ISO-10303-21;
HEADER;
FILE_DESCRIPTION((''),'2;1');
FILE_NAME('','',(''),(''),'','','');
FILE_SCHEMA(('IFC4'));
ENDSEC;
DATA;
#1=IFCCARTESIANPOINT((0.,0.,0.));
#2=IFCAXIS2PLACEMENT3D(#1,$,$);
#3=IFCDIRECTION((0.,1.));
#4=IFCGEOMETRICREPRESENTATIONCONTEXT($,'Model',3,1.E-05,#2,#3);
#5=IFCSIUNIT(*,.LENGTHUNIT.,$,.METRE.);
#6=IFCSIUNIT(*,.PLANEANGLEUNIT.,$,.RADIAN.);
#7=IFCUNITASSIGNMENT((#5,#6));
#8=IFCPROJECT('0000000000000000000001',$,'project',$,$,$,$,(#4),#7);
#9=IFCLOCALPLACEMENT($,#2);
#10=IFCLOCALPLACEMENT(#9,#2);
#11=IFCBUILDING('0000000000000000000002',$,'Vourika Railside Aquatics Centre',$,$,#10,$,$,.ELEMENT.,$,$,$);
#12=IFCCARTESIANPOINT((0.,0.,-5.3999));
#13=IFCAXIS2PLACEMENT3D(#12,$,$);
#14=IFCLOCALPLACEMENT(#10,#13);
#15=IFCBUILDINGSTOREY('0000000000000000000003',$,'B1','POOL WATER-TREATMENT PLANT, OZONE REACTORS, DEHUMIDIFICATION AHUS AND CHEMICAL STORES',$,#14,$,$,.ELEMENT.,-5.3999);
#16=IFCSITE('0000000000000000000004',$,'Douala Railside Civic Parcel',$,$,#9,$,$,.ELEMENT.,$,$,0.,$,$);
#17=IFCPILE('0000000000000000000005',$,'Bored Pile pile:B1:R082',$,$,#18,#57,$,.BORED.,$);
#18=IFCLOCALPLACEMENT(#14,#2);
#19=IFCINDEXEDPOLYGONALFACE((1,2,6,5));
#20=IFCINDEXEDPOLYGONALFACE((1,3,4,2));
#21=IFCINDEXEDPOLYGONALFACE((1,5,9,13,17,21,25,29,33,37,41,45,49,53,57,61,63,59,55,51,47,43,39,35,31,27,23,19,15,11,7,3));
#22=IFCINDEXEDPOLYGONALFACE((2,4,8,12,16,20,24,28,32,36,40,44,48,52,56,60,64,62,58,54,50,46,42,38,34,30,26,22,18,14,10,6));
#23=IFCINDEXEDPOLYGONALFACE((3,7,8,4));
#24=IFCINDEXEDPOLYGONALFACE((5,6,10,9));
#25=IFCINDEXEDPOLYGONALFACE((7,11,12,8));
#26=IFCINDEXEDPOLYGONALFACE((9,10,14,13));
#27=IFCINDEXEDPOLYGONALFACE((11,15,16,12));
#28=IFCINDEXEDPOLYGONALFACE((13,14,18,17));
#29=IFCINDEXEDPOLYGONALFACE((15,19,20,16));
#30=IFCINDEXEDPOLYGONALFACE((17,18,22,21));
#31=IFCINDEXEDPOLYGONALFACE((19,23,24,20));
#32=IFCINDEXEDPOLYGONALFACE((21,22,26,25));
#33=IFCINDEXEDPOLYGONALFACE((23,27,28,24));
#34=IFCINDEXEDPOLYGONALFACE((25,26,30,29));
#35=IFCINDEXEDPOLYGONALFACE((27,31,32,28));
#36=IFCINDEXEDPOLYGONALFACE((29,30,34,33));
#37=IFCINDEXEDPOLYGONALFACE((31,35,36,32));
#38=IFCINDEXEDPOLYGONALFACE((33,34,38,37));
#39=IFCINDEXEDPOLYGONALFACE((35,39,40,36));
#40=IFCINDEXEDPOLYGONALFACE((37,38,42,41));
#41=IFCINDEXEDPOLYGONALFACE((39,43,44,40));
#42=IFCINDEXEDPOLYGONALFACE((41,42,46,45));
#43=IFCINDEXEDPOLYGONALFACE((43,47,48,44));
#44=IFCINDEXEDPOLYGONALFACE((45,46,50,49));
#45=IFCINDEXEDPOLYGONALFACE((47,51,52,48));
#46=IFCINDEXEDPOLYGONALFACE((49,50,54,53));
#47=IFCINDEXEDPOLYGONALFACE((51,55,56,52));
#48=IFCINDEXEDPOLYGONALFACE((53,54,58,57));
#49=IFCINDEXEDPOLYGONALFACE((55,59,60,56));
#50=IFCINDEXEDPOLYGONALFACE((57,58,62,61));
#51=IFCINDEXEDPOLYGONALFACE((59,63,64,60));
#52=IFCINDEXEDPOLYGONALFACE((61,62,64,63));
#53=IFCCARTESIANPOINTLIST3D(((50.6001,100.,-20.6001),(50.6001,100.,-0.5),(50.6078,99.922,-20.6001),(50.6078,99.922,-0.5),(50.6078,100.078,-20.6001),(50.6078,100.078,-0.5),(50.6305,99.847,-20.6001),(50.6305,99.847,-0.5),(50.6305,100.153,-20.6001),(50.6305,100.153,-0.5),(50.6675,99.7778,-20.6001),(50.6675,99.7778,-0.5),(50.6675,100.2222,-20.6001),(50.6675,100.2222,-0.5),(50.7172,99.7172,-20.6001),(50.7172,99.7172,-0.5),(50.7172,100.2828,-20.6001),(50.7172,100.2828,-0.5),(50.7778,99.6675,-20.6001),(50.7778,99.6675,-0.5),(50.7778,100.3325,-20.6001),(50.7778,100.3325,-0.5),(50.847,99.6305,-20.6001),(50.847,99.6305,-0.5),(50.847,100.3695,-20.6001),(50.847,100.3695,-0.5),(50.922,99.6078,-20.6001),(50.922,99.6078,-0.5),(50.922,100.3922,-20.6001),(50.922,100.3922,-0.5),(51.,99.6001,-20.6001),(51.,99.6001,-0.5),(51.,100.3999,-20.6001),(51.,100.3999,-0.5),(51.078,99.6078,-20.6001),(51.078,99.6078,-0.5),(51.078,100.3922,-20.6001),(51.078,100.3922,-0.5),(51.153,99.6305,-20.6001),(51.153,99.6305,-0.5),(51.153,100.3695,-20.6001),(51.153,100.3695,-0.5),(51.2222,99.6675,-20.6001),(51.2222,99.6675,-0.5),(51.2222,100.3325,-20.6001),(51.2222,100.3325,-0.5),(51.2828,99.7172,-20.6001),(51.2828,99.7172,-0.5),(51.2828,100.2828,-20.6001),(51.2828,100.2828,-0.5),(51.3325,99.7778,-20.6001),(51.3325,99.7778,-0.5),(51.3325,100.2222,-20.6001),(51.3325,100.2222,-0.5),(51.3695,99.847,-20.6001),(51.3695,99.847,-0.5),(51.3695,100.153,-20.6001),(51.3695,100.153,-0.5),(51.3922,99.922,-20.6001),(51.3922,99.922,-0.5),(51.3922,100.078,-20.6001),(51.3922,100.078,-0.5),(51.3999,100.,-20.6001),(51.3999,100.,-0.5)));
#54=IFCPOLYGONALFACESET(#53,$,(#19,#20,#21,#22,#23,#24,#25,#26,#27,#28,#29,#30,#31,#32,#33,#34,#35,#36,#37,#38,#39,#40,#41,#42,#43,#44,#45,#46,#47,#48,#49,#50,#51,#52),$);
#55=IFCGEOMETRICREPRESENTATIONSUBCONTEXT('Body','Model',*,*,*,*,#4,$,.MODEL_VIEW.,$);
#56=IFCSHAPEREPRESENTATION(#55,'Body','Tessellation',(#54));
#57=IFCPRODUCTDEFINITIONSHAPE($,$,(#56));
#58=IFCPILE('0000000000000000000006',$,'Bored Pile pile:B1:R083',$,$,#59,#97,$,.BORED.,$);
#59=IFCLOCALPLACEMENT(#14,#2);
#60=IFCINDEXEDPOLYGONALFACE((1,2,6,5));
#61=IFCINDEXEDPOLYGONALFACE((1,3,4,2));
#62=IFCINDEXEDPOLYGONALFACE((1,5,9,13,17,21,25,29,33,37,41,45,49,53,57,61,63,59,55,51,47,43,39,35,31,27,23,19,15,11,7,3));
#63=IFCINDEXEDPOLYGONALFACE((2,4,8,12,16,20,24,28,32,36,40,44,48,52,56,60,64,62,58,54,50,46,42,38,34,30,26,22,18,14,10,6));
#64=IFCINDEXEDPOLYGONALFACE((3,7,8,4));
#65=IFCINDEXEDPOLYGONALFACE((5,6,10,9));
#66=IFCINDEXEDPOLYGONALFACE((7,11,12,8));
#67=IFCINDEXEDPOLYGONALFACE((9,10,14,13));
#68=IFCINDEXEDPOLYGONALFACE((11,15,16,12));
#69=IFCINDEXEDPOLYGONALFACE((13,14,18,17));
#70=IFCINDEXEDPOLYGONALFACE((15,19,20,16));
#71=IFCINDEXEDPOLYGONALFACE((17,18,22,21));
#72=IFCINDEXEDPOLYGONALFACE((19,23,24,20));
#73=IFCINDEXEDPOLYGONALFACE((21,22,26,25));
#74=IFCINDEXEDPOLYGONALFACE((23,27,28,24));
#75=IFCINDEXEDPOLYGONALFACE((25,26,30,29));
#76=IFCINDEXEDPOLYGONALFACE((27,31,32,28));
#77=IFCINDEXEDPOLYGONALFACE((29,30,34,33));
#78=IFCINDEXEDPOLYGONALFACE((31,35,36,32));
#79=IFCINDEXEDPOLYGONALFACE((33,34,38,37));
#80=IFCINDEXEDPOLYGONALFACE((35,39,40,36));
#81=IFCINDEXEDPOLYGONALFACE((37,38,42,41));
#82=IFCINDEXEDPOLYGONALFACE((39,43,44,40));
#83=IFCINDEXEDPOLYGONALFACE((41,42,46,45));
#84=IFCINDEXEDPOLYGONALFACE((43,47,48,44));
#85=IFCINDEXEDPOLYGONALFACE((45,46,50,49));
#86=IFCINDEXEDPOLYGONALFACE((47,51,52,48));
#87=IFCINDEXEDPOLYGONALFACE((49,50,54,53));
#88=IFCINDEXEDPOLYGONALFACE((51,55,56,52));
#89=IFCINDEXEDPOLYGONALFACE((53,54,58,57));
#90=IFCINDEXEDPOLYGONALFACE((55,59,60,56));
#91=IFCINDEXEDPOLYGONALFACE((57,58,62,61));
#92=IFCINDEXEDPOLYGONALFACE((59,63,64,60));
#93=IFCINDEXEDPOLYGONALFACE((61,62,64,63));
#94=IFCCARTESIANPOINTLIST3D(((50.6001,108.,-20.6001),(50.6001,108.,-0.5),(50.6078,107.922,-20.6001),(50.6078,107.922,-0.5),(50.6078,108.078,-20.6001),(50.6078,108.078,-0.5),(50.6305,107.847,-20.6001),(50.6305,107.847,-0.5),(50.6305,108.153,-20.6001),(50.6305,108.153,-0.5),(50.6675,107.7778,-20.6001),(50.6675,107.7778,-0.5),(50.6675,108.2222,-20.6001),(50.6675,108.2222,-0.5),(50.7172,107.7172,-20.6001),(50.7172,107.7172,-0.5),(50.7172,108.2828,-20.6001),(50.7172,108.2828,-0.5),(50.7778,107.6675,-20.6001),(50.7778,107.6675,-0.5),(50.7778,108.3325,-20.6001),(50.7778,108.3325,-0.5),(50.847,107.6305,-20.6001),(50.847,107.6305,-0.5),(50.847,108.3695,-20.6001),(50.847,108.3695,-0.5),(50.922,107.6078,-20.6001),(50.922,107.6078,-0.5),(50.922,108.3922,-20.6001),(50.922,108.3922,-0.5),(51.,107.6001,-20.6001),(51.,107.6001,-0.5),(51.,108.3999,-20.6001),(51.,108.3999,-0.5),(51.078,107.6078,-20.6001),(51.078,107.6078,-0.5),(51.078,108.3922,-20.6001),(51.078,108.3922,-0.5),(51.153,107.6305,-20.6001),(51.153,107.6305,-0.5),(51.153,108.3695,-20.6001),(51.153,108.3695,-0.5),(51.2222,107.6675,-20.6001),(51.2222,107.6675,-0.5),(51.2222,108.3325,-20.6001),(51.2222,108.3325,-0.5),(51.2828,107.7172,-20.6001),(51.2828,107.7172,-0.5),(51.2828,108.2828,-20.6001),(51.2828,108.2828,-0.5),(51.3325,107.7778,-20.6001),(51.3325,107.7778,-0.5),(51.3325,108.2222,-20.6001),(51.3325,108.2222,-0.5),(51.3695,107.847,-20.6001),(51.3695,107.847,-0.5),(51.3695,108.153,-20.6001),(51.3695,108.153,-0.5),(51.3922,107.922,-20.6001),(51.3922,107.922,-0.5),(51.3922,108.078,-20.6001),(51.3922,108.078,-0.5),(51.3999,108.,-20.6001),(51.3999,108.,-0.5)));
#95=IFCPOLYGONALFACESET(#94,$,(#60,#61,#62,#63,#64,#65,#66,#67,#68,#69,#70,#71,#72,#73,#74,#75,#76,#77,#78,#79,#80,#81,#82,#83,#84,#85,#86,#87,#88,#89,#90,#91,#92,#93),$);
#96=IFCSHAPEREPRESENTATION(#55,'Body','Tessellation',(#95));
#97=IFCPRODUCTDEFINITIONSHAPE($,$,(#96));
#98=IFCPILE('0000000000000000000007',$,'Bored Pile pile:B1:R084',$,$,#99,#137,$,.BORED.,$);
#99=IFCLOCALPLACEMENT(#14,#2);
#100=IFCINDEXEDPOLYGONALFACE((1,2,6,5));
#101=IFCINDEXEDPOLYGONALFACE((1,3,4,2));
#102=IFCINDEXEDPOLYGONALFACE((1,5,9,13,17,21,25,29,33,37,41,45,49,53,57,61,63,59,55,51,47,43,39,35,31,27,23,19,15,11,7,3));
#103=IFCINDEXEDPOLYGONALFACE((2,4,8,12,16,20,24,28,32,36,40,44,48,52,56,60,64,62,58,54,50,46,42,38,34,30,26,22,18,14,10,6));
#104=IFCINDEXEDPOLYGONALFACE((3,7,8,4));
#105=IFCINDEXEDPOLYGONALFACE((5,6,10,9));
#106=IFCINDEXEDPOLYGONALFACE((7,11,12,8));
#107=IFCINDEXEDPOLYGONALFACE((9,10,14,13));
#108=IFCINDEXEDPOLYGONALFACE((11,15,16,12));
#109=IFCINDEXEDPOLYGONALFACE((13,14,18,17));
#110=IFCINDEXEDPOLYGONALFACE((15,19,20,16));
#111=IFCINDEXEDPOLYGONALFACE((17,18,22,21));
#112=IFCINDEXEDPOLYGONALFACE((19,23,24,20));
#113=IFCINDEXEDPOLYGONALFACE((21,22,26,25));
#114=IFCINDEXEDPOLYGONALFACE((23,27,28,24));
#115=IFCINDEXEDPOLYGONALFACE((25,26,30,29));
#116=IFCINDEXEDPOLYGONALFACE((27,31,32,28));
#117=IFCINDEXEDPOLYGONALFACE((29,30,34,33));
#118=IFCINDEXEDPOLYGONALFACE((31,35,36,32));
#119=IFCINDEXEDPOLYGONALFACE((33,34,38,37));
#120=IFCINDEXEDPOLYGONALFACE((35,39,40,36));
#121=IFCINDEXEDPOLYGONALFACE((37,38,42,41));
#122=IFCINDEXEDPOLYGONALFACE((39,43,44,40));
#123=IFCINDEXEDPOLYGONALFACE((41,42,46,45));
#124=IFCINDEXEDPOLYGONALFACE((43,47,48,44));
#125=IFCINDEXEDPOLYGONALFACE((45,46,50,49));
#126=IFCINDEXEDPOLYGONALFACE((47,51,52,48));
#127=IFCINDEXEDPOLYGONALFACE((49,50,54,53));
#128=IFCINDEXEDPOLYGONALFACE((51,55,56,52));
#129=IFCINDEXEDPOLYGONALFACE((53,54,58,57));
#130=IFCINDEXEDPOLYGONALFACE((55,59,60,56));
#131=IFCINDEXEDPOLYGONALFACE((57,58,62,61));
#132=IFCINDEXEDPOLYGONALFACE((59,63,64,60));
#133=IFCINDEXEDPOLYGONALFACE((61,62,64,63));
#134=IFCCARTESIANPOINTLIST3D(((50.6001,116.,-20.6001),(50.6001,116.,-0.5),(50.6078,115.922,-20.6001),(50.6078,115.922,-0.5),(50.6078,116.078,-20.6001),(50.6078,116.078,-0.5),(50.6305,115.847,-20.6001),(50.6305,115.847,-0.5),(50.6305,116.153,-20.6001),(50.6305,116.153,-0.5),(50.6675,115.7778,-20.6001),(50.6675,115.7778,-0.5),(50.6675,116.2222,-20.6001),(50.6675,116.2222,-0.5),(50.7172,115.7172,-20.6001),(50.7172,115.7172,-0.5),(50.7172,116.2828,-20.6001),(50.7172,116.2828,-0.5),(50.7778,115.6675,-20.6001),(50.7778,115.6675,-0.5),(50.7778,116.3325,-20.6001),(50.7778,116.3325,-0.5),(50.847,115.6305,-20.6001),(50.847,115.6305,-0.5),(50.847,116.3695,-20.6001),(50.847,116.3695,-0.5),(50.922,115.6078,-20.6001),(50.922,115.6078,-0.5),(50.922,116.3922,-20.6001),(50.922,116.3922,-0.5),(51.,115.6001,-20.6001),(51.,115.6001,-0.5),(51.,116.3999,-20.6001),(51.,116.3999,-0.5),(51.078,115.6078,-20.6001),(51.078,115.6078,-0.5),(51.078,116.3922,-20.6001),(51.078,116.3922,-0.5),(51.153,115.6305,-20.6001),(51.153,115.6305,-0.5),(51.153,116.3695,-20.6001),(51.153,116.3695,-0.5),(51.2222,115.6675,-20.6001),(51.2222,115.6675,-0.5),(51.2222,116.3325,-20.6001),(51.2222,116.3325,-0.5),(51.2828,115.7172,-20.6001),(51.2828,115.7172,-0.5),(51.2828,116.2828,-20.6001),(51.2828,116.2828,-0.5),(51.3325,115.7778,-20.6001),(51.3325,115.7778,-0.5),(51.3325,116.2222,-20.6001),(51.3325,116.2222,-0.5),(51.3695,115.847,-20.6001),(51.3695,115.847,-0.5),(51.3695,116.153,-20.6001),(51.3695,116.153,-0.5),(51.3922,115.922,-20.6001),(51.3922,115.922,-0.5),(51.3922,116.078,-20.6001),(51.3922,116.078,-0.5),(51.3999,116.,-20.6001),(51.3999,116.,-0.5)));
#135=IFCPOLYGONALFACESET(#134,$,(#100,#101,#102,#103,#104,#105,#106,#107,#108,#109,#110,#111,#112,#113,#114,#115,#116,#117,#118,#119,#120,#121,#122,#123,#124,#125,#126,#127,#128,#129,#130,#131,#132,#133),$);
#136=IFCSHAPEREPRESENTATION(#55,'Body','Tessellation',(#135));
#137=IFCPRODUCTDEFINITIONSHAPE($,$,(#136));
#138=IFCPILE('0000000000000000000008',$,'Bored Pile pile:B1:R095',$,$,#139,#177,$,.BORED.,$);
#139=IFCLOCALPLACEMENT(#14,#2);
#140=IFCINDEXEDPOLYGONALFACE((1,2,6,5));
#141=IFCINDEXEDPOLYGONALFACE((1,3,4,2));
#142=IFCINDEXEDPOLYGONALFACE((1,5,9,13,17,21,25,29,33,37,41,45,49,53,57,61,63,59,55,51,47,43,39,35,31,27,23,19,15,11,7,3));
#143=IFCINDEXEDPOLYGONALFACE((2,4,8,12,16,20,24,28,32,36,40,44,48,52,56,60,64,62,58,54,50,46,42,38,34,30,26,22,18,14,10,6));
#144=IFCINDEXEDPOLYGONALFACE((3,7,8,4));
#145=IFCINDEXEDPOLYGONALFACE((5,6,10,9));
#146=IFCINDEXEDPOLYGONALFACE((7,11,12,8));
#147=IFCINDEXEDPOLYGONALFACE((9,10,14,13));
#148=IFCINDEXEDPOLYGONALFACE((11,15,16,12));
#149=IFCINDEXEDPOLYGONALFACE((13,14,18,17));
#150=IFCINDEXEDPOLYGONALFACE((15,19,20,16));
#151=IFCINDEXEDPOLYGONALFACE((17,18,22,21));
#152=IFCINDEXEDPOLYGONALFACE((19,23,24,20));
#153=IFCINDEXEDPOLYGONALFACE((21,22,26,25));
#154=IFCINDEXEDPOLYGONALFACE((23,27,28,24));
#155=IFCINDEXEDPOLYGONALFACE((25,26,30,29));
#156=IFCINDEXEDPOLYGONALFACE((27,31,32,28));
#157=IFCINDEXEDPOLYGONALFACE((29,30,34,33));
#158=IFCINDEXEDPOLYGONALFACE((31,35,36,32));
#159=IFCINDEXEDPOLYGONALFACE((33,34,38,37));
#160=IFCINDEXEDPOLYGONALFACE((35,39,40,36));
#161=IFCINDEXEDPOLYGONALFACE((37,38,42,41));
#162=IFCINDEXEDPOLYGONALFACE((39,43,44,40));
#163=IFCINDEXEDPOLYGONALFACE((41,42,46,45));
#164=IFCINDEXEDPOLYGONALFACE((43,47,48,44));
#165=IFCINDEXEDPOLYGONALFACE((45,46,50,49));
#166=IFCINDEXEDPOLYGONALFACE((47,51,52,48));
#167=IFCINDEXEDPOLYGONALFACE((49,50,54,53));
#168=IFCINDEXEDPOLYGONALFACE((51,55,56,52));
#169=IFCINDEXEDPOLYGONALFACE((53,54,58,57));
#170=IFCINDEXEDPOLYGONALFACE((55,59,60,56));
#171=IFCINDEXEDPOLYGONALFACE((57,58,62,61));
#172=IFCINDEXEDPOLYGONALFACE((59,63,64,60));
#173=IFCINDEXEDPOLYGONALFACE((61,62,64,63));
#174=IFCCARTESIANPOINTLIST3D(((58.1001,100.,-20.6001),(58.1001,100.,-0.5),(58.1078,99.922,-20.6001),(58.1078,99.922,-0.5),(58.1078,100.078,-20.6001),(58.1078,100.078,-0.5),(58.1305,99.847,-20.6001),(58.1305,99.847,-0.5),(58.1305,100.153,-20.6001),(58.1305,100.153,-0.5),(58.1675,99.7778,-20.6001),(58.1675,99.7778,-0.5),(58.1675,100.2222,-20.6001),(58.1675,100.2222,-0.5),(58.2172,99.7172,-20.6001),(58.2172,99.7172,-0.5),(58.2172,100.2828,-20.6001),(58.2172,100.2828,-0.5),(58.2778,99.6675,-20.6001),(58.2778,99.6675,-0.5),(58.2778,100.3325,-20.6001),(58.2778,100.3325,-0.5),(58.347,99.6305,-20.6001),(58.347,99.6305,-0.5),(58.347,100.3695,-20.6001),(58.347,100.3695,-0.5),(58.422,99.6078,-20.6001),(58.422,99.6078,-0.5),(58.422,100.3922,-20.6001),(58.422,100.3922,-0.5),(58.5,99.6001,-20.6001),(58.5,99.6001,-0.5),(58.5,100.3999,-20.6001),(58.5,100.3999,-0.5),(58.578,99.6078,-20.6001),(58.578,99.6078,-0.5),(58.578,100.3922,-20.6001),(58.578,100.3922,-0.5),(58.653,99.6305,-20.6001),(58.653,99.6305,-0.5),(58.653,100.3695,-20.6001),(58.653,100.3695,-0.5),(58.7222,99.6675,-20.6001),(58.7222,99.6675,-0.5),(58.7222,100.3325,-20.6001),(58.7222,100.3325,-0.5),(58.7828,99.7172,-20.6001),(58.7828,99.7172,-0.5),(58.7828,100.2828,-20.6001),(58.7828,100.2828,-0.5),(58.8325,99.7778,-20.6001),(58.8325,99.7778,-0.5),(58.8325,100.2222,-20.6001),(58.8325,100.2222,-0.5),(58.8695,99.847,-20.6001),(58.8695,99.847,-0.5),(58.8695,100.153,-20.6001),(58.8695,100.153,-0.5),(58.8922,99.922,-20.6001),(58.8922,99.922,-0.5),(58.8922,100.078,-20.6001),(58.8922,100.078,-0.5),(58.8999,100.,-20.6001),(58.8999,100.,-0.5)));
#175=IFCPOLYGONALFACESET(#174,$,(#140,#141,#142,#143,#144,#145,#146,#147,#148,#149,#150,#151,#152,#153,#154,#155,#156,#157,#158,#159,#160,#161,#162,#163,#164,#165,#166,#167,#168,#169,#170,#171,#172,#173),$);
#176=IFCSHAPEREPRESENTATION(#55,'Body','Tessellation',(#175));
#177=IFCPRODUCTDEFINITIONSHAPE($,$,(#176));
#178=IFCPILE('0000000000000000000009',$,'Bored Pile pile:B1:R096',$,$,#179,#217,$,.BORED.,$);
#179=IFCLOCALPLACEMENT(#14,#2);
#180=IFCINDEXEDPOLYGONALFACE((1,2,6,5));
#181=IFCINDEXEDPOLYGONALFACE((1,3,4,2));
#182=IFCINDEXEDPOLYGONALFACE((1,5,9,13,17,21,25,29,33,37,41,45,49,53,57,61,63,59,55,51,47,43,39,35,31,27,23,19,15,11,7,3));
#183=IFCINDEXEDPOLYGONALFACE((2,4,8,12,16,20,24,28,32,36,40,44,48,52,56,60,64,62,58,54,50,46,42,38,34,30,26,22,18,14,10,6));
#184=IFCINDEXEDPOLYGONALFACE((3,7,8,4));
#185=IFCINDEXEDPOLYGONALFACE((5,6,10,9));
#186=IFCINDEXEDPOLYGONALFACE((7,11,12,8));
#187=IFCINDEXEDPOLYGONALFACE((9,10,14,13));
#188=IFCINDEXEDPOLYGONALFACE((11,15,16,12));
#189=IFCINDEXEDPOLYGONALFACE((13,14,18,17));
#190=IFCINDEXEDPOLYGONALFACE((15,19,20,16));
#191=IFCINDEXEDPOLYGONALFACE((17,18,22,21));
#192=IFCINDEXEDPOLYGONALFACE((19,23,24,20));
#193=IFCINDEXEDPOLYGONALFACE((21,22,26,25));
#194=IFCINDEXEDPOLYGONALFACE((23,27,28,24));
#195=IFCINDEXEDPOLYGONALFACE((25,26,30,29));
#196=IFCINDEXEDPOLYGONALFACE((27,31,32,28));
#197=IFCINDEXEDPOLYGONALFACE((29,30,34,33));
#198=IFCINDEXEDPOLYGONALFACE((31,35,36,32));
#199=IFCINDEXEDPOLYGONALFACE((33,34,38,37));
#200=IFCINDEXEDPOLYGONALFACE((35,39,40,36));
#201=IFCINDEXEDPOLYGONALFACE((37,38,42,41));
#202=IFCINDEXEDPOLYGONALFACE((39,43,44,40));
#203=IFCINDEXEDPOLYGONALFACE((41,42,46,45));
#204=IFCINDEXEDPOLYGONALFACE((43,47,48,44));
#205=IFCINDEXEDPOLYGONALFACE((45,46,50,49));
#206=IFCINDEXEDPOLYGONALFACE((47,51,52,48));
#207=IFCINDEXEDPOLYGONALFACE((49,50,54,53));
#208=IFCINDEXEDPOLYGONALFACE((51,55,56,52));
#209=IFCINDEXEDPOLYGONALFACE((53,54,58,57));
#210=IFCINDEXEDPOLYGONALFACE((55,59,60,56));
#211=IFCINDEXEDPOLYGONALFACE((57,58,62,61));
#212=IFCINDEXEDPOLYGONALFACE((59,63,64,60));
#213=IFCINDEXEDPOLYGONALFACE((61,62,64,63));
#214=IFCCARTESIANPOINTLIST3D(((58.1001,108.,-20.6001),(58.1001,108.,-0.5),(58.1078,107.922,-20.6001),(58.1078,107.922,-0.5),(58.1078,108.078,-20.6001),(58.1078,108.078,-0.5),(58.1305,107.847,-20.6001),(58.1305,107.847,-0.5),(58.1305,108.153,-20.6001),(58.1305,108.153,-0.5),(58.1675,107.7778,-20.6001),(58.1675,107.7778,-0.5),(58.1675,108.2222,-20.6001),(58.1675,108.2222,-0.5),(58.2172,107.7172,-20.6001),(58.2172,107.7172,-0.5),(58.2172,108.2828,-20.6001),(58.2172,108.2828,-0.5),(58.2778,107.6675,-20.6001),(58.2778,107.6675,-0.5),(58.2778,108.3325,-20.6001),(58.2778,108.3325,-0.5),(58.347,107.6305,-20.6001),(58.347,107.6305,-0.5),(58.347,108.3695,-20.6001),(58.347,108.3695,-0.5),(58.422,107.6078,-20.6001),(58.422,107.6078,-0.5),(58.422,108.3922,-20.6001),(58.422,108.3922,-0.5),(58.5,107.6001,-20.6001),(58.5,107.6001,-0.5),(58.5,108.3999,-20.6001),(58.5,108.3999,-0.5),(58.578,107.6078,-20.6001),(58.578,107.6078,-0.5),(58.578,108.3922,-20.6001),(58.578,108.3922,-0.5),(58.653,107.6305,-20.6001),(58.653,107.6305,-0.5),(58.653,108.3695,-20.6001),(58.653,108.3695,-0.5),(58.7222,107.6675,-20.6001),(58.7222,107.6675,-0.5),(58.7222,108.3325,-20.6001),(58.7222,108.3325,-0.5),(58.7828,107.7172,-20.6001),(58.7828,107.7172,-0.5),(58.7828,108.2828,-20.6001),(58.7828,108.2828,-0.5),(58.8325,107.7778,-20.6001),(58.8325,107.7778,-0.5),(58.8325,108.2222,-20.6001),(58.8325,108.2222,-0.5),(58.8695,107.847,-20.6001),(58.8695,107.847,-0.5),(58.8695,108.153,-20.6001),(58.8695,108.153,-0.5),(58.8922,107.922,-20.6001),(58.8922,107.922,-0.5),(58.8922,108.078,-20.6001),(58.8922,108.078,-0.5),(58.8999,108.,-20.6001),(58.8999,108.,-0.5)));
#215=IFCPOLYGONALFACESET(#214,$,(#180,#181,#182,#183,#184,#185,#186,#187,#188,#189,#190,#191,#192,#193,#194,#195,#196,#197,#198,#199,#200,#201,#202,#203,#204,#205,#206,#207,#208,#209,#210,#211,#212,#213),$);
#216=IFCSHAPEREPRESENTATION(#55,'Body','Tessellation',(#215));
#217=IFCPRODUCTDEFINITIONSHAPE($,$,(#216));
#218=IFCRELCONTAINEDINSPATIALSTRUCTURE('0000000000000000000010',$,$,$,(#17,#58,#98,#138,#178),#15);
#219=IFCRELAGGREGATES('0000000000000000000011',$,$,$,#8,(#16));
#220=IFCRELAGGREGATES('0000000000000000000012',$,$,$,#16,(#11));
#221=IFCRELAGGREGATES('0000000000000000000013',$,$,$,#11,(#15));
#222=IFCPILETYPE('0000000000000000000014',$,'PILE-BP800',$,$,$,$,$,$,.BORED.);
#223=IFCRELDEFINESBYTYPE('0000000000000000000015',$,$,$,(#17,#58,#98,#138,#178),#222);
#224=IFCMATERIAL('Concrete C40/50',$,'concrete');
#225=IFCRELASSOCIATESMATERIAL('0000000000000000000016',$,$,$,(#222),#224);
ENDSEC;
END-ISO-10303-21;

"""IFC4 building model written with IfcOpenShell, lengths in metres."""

from ifc_helpers import new_model, si_unit, direction, frame, origin, origin_2d, place, context, subcontext, project, spatial, circle, extrude, material, material_profile, profile_set, type_object, element, save


model = new_model("IFC4")

# Units and contexts
model_context = context("Model", 3, precision=1e-05, world=origin(), true_north=direction((0.0, 1.0)))
body_context = subcontext(model_context, "Body", "Model", "MODEL_VIEW")
ifc_project = project(units=[si_unit("LENGTHUNIT", "METRE"), si_unit("PLANEANGLEUNIT", "RADIAN")], contexts=[model_context])

# Site, building, storey
site_placement = place(None, origin())
site = spatial("IfcSite", under=ifc_project, at=site_placement, Name="Douala Railside Civic Parcel", CompositionType="ELEMENT", RefElevation=0.0)
building_placement = place(site_placement, origin())
building = spatial("IfcBuilding", under=site, at=building_placement, Name="Vourika Railside Aquatics Centre", CompositionType="ELEMENT")
storey_placement = place(building_placement, frame((0.0, 0.0, -5.3999)))
storey = spatial("IfcBuildingStorey", under=building, at=storey_placement, Name="B1", Description="POOL WATER-TREATMENT PLANT, OZONE REACTORS, DEHUMIDIFICATION AHUS AND CHEMICAL STORES", CompositionType="ELEMENT", Elevation=-5.3999)

# Piles
ifc_material_1 = material(Name="Concrete C40/50", Category="concrete")
ifc_material_profile_1 = material_profile(ifc_material_1, circle(Radius=0.3999, at=origin_2d()), Name="BP 800")
ifc_profile_set_1 = profile_set([ifc_material_profile_1], Name="Concrete C40/50")
pile_type = type_object("IfcPileType", Name="PILE-BP800", PredefinedType="BORED", material=ifc_profile_set_1)
for number, where, z_axis, x_axis, name in (
    (1, (51.0, 100.0, -0.5), (0.0, 0.0, -1.0), (1.0, 0.0, 0.0), "Bored Pile pile:B1:R082"),
    (2, (51.0, 108.0, -0.5), (0.0, 0.0, -1.0), (1.0, 0.0, 0.0), "Bored Pile pile:B1:R083"),
    (3, (51.0, 116.0, -0.5), (0.0, 0.0, -1.0), (1.0, 0.0, 0.0), "Bored Pile pile:B1:R084"),
    (4, (58.5, 100.0, -0.5), (0.0, 0.0, -1.0), (1.0, 0.0, 0.0), "Bored Pile pile:B1:R095"),
    (5, (58.5, 108.0, -0.5), (0.0, 0.0, -1.0), (1.0, 0.0, 0.0), "Bored Pile pile:B1:R096"),
):
    element("IfcPile", number, at=place(storey_placement, frame(where, z_axis=z_axis, x_axis=x_axis)), inside=storey, type_object=pile_type, Name=name, PredefinedType="BORED", context=body_context, shape_type="SweptSolid", body=[
        extrude(circle(Radius=0.3999, at=origin_2d()), origin(), (0.0, 0.0, 1.0), 20.1001),
    ])

save(model, "model.ifc")
